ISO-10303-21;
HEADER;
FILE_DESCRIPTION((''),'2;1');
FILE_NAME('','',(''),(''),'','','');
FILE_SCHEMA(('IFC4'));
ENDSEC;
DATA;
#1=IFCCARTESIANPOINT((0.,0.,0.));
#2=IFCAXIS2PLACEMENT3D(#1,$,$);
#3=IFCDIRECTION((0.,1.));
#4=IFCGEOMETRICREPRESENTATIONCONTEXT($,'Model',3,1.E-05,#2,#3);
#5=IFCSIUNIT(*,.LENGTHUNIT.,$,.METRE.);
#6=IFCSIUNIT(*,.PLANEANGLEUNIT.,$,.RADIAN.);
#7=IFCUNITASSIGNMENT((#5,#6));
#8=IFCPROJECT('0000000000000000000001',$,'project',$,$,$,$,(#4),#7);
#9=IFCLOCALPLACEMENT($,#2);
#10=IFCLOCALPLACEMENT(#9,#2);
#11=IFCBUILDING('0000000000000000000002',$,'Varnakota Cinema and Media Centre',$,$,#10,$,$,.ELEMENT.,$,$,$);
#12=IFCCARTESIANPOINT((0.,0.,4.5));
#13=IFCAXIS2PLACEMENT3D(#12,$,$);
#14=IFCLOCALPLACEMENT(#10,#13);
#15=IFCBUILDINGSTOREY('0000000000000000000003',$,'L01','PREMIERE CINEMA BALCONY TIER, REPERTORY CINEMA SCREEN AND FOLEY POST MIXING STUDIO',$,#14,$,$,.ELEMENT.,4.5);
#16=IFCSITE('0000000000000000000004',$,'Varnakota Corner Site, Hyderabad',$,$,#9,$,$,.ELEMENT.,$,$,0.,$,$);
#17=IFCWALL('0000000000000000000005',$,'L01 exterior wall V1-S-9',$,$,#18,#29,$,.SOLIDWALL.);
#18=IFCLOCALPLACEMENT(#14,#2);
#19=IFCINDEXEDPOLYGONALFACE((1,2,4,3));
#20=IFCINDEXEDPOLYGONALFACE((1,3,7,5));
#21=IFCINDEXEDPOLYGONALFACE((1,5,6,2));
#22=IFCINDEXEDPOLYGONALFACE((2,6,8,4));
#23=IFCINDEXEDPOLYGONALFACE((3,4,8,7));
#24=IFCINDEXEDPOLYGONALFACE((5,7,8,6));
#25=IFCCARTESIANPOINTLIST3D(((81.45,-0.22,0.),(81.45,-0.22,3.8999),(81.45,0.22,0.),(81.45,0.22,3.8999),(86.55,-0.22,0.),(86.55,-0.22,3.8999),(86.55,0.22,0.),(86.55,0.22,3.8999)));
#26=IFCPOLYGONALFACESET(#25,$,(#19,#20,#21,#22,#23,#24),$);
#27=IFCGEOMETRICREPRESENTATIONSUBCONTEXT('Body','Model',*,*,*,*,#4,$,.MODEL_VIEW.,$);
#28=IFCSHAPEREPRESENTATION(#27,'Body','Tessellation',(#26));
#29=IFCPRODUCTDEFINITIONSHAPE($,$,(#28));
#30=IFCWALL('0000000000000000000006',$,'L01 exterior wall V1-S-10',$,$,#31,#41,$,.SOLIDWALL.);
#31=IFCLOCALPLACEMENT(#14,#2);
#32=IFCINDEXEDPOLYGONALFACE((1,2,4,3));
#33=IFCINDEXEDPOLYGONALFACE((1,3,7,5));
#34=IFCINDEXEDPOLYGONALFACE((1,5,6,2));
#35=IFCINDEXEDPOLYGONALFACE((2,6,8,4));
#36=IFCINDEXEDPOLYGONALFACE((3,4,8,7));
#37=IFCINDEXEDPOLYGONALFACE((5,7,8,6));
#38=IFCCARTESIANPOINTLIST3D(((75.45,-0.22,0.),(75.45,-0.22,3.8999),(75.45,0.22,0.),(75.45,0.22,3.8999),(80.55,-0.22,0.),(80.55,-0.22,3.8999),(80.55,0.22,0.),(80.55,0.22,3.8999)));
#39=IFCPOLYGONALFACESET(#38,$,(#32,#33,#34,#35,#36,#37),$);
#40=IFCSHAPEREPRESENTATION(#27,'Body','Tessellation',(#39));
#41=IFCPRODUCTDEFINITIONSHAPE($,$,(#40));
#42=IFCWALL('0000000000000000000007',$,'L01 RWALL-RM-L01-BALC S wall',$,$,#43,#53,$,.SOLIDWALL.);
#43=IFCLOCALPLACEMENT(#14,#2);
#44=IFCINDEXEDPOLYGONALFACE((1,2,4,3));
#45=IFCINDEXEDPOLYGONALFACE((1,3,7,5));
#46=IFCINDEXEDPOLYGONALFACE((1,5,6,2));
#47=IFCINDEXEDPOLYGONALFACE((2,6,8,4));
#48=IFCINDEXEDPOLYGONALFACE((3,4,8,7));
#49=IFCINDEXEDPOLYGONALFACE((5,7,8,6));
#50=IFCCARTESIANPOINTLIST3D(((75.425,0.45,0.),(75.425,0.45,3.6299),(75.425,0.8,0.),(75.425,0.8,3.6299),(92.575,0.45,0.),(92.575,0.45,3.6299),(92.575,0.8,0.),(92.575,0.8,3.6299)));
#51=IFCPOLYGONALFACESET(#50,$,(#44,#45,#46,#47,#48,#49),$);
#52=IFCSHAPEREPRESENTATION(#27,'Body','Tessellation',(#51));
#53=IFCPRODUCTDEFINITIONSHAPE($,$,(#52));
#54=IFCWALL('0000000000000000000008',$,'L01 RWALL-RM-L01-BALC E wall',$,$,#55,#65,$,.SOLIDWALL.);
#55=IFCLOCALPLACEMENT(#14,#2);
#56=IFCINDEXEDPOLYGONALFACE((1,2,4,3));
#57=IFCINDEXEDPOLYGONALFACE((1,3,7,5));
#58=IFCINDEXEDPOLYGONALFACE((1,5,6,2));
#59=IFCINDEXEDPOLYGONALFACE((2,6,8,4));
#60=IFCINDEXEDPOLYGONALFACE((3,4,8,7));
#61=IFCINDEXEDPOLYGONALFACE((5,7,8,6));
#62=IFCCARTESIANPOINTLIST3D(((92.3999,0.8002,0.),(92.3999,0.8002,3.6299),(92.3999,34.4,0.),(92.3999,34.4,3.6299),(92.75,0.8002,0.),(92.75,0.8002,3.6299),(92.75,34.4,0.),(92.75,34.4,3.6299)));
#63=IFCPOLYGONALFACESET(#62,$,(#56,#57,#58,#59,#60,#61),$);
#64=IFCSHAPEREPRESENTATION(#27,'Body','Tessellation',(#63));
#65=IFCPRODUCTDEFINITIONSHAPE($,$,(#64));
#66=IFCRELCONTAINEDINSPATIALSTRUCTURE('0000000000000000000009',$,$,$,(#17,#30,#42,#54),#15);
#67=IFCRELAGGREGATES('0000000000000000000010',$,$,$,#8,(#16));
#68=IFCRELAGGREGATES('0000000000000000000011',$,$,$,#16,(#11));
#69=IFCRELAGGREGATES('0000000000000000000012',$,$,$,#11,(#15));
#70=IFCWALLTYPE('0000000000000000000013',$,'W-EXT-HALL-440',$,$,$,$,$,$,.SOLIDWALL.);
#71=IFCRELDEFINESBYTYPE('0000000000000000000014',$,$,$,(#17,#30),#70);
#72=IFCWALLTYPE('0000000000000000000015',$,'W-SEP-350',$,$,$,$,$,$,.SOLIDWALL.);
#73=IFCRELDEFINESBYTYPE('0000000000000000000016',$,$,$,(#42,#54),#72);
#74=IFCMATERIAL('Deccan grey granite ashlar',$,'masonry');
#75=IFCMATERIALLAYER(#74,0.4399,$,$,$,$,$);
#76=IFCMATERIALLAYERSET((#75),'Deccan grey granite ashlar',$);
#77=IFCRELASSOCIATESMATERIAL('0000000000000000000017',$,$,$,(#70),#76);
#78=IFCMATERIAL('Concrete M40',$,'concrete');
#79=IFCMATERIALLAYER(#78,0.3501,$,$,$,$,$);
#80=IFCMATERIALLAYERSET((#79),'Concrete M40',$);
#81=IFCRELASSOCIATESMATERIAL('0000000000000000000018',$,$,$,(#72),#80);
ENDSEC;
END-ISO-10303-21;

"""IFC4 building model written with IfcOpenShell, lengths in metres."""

from ifc_helpers import new_model, si_unit, direction, frame, frame_2d, origin, place, context, subcontext, project, spatial, rectangle, extrude, material, layer, layer_set, type_object, element, save


model = new_model("IFC4")

# Units and contexts
model_context = context("Model", 3, precision=1e-05, world=origin(), true_north=direction((0.0, 1.0)))
body_context = subcontext(model_context, "Body", "Model", "MODEL_VIEW")
ifc_project = project(units=[si_unit("LENGTHUNIT", "METRE"), si_unit("PLANEANGLEUNIT", "RADIAN")], contexts=[model_context])

# Site, building, storey
site_placement = place(None, origin())
site = spatial("IfcSite", under=ifc_project, at=site_placement, Name="Varnakota Corner Site, Hyderabad", CompositionType="ELEMENT", RefElevation=0.0)
building_placement = place(site_placement, origin())
building = spatial("IfcBuilding", under=site, at=building_placement, Name="Varnakota Cinema and Media Centre", CompositionType="ELEMENT")
storey_placement = place(building_placement, frame((0.0, 0.0, 4.5)))
storey = spatial("IfcBuildingStorey", under=building, at=storey_placement, Name="L01", Description="PREMIERE CINEMA BALCONY TIER, REPERTORY CINEMA SCREEN AND FOLEY POST MIXING STUDIO", CompositionType="ELEMENT", Elevation=4.5)

# Walls
ifc_material_1 = material(Name="Deccan grey granite ashlar", Category="masonry")
ifc_layer_1 = layer(ifc_material_1, 0.4399)
ifc_layer_set_1 = layer_set([ifc_layer_1], Name="Deccan grey granite ashlar")
wall_type_1 = type_object("IfcWallType", Name="W-EXT-HALL-440", PredefinedType="SOLIDWALL", material=ifc_layer_set_1)
for number, where, z_axis, x_axis, name in (
    (1, (86.55, 0.0, 0.0), (0.0, 0.0, 1.0), (-1.0, 0.0, 0.0), "L01 exterior wall V1-S-9"),
    (2, (80.55, 0.0, 0.0), (0.0, 0.0, 1.0), (-1.0, 0.0, 0.0), "L01 exterior wall V1-S-10"),
):
    element("IfcWall", number, at=place(storey_placement, frame(where, z_axis=z_axis, x_axis=x_axis)), inside=storey, type_object=wall_type_1, Name=name, PredefinedType="SOLIDWALL", context=body_context, shape_type="SweptSolid", body=[
        extrude(rectangle(XDim=5.1001, YDim=0.4399, at=frame_2d((2.55, 0.0))), origin(), (0.0, 0.0, 1.0), 3.8999),
    ])
ifc_material_2 = material(Name="Concrete M40", Category="concrete")
ifc_layer_2 = layer(ifc_material_2, 0.3501)
ifc_layer_set_2 = layer_set([ifc_layer_2], Name="Concrete M40")
wall_type_2 = type_object("IfcWallType", Name="W-SEP-350", PredefinedType="SOLIDWALL", material=ifc_layer_set_2)
wall_1_placement = place(storey_placement, frame((92.575, 0.625, 0.0), z_axis=(0.0, 0.0, 1.0), x_axis=(-1.0, 0.0, 0.0)))
element("IfcWall", 3, at=wall_1_placement, inside=storey, type_object=wall_type_2, Name="L01 RWALL-RM-L01-BALC S wall", PredefinedType="SOLIDWALL", context=body_context, shape_type="SweptSolid", body=[
    extrude(rectangle(XDim=17.1499, YDim=0.3501, at=frame_2d((8.575, 0.0))), origin(), (0.0, 0.0, 1.0), 3.6299),
])
wall_2_placement = place(storey_placement, frame((92.575, 34.3999, 0.0), z_axis=(0.0, 0.0, 1.0), x_axis=(0.0, -1.0, 0.0)))
element("IfcWall", 4, at=wall_2_placement, inside=storey, type_object=wall_type_2, Name="L01 RWALL-RM-L01-BALC E wall", PredefinedType="SOLIDWALL", context=body_context, shape_type="SweptSolid", body=[
    extrude(rectangle(XDim=33.5999, YDim=0.3501, at=frame_2d((16.7998, 0.0))), origin(), (0.0, 0.0, 1.0), 3.6299),
])

save(model, "model.ifc")
